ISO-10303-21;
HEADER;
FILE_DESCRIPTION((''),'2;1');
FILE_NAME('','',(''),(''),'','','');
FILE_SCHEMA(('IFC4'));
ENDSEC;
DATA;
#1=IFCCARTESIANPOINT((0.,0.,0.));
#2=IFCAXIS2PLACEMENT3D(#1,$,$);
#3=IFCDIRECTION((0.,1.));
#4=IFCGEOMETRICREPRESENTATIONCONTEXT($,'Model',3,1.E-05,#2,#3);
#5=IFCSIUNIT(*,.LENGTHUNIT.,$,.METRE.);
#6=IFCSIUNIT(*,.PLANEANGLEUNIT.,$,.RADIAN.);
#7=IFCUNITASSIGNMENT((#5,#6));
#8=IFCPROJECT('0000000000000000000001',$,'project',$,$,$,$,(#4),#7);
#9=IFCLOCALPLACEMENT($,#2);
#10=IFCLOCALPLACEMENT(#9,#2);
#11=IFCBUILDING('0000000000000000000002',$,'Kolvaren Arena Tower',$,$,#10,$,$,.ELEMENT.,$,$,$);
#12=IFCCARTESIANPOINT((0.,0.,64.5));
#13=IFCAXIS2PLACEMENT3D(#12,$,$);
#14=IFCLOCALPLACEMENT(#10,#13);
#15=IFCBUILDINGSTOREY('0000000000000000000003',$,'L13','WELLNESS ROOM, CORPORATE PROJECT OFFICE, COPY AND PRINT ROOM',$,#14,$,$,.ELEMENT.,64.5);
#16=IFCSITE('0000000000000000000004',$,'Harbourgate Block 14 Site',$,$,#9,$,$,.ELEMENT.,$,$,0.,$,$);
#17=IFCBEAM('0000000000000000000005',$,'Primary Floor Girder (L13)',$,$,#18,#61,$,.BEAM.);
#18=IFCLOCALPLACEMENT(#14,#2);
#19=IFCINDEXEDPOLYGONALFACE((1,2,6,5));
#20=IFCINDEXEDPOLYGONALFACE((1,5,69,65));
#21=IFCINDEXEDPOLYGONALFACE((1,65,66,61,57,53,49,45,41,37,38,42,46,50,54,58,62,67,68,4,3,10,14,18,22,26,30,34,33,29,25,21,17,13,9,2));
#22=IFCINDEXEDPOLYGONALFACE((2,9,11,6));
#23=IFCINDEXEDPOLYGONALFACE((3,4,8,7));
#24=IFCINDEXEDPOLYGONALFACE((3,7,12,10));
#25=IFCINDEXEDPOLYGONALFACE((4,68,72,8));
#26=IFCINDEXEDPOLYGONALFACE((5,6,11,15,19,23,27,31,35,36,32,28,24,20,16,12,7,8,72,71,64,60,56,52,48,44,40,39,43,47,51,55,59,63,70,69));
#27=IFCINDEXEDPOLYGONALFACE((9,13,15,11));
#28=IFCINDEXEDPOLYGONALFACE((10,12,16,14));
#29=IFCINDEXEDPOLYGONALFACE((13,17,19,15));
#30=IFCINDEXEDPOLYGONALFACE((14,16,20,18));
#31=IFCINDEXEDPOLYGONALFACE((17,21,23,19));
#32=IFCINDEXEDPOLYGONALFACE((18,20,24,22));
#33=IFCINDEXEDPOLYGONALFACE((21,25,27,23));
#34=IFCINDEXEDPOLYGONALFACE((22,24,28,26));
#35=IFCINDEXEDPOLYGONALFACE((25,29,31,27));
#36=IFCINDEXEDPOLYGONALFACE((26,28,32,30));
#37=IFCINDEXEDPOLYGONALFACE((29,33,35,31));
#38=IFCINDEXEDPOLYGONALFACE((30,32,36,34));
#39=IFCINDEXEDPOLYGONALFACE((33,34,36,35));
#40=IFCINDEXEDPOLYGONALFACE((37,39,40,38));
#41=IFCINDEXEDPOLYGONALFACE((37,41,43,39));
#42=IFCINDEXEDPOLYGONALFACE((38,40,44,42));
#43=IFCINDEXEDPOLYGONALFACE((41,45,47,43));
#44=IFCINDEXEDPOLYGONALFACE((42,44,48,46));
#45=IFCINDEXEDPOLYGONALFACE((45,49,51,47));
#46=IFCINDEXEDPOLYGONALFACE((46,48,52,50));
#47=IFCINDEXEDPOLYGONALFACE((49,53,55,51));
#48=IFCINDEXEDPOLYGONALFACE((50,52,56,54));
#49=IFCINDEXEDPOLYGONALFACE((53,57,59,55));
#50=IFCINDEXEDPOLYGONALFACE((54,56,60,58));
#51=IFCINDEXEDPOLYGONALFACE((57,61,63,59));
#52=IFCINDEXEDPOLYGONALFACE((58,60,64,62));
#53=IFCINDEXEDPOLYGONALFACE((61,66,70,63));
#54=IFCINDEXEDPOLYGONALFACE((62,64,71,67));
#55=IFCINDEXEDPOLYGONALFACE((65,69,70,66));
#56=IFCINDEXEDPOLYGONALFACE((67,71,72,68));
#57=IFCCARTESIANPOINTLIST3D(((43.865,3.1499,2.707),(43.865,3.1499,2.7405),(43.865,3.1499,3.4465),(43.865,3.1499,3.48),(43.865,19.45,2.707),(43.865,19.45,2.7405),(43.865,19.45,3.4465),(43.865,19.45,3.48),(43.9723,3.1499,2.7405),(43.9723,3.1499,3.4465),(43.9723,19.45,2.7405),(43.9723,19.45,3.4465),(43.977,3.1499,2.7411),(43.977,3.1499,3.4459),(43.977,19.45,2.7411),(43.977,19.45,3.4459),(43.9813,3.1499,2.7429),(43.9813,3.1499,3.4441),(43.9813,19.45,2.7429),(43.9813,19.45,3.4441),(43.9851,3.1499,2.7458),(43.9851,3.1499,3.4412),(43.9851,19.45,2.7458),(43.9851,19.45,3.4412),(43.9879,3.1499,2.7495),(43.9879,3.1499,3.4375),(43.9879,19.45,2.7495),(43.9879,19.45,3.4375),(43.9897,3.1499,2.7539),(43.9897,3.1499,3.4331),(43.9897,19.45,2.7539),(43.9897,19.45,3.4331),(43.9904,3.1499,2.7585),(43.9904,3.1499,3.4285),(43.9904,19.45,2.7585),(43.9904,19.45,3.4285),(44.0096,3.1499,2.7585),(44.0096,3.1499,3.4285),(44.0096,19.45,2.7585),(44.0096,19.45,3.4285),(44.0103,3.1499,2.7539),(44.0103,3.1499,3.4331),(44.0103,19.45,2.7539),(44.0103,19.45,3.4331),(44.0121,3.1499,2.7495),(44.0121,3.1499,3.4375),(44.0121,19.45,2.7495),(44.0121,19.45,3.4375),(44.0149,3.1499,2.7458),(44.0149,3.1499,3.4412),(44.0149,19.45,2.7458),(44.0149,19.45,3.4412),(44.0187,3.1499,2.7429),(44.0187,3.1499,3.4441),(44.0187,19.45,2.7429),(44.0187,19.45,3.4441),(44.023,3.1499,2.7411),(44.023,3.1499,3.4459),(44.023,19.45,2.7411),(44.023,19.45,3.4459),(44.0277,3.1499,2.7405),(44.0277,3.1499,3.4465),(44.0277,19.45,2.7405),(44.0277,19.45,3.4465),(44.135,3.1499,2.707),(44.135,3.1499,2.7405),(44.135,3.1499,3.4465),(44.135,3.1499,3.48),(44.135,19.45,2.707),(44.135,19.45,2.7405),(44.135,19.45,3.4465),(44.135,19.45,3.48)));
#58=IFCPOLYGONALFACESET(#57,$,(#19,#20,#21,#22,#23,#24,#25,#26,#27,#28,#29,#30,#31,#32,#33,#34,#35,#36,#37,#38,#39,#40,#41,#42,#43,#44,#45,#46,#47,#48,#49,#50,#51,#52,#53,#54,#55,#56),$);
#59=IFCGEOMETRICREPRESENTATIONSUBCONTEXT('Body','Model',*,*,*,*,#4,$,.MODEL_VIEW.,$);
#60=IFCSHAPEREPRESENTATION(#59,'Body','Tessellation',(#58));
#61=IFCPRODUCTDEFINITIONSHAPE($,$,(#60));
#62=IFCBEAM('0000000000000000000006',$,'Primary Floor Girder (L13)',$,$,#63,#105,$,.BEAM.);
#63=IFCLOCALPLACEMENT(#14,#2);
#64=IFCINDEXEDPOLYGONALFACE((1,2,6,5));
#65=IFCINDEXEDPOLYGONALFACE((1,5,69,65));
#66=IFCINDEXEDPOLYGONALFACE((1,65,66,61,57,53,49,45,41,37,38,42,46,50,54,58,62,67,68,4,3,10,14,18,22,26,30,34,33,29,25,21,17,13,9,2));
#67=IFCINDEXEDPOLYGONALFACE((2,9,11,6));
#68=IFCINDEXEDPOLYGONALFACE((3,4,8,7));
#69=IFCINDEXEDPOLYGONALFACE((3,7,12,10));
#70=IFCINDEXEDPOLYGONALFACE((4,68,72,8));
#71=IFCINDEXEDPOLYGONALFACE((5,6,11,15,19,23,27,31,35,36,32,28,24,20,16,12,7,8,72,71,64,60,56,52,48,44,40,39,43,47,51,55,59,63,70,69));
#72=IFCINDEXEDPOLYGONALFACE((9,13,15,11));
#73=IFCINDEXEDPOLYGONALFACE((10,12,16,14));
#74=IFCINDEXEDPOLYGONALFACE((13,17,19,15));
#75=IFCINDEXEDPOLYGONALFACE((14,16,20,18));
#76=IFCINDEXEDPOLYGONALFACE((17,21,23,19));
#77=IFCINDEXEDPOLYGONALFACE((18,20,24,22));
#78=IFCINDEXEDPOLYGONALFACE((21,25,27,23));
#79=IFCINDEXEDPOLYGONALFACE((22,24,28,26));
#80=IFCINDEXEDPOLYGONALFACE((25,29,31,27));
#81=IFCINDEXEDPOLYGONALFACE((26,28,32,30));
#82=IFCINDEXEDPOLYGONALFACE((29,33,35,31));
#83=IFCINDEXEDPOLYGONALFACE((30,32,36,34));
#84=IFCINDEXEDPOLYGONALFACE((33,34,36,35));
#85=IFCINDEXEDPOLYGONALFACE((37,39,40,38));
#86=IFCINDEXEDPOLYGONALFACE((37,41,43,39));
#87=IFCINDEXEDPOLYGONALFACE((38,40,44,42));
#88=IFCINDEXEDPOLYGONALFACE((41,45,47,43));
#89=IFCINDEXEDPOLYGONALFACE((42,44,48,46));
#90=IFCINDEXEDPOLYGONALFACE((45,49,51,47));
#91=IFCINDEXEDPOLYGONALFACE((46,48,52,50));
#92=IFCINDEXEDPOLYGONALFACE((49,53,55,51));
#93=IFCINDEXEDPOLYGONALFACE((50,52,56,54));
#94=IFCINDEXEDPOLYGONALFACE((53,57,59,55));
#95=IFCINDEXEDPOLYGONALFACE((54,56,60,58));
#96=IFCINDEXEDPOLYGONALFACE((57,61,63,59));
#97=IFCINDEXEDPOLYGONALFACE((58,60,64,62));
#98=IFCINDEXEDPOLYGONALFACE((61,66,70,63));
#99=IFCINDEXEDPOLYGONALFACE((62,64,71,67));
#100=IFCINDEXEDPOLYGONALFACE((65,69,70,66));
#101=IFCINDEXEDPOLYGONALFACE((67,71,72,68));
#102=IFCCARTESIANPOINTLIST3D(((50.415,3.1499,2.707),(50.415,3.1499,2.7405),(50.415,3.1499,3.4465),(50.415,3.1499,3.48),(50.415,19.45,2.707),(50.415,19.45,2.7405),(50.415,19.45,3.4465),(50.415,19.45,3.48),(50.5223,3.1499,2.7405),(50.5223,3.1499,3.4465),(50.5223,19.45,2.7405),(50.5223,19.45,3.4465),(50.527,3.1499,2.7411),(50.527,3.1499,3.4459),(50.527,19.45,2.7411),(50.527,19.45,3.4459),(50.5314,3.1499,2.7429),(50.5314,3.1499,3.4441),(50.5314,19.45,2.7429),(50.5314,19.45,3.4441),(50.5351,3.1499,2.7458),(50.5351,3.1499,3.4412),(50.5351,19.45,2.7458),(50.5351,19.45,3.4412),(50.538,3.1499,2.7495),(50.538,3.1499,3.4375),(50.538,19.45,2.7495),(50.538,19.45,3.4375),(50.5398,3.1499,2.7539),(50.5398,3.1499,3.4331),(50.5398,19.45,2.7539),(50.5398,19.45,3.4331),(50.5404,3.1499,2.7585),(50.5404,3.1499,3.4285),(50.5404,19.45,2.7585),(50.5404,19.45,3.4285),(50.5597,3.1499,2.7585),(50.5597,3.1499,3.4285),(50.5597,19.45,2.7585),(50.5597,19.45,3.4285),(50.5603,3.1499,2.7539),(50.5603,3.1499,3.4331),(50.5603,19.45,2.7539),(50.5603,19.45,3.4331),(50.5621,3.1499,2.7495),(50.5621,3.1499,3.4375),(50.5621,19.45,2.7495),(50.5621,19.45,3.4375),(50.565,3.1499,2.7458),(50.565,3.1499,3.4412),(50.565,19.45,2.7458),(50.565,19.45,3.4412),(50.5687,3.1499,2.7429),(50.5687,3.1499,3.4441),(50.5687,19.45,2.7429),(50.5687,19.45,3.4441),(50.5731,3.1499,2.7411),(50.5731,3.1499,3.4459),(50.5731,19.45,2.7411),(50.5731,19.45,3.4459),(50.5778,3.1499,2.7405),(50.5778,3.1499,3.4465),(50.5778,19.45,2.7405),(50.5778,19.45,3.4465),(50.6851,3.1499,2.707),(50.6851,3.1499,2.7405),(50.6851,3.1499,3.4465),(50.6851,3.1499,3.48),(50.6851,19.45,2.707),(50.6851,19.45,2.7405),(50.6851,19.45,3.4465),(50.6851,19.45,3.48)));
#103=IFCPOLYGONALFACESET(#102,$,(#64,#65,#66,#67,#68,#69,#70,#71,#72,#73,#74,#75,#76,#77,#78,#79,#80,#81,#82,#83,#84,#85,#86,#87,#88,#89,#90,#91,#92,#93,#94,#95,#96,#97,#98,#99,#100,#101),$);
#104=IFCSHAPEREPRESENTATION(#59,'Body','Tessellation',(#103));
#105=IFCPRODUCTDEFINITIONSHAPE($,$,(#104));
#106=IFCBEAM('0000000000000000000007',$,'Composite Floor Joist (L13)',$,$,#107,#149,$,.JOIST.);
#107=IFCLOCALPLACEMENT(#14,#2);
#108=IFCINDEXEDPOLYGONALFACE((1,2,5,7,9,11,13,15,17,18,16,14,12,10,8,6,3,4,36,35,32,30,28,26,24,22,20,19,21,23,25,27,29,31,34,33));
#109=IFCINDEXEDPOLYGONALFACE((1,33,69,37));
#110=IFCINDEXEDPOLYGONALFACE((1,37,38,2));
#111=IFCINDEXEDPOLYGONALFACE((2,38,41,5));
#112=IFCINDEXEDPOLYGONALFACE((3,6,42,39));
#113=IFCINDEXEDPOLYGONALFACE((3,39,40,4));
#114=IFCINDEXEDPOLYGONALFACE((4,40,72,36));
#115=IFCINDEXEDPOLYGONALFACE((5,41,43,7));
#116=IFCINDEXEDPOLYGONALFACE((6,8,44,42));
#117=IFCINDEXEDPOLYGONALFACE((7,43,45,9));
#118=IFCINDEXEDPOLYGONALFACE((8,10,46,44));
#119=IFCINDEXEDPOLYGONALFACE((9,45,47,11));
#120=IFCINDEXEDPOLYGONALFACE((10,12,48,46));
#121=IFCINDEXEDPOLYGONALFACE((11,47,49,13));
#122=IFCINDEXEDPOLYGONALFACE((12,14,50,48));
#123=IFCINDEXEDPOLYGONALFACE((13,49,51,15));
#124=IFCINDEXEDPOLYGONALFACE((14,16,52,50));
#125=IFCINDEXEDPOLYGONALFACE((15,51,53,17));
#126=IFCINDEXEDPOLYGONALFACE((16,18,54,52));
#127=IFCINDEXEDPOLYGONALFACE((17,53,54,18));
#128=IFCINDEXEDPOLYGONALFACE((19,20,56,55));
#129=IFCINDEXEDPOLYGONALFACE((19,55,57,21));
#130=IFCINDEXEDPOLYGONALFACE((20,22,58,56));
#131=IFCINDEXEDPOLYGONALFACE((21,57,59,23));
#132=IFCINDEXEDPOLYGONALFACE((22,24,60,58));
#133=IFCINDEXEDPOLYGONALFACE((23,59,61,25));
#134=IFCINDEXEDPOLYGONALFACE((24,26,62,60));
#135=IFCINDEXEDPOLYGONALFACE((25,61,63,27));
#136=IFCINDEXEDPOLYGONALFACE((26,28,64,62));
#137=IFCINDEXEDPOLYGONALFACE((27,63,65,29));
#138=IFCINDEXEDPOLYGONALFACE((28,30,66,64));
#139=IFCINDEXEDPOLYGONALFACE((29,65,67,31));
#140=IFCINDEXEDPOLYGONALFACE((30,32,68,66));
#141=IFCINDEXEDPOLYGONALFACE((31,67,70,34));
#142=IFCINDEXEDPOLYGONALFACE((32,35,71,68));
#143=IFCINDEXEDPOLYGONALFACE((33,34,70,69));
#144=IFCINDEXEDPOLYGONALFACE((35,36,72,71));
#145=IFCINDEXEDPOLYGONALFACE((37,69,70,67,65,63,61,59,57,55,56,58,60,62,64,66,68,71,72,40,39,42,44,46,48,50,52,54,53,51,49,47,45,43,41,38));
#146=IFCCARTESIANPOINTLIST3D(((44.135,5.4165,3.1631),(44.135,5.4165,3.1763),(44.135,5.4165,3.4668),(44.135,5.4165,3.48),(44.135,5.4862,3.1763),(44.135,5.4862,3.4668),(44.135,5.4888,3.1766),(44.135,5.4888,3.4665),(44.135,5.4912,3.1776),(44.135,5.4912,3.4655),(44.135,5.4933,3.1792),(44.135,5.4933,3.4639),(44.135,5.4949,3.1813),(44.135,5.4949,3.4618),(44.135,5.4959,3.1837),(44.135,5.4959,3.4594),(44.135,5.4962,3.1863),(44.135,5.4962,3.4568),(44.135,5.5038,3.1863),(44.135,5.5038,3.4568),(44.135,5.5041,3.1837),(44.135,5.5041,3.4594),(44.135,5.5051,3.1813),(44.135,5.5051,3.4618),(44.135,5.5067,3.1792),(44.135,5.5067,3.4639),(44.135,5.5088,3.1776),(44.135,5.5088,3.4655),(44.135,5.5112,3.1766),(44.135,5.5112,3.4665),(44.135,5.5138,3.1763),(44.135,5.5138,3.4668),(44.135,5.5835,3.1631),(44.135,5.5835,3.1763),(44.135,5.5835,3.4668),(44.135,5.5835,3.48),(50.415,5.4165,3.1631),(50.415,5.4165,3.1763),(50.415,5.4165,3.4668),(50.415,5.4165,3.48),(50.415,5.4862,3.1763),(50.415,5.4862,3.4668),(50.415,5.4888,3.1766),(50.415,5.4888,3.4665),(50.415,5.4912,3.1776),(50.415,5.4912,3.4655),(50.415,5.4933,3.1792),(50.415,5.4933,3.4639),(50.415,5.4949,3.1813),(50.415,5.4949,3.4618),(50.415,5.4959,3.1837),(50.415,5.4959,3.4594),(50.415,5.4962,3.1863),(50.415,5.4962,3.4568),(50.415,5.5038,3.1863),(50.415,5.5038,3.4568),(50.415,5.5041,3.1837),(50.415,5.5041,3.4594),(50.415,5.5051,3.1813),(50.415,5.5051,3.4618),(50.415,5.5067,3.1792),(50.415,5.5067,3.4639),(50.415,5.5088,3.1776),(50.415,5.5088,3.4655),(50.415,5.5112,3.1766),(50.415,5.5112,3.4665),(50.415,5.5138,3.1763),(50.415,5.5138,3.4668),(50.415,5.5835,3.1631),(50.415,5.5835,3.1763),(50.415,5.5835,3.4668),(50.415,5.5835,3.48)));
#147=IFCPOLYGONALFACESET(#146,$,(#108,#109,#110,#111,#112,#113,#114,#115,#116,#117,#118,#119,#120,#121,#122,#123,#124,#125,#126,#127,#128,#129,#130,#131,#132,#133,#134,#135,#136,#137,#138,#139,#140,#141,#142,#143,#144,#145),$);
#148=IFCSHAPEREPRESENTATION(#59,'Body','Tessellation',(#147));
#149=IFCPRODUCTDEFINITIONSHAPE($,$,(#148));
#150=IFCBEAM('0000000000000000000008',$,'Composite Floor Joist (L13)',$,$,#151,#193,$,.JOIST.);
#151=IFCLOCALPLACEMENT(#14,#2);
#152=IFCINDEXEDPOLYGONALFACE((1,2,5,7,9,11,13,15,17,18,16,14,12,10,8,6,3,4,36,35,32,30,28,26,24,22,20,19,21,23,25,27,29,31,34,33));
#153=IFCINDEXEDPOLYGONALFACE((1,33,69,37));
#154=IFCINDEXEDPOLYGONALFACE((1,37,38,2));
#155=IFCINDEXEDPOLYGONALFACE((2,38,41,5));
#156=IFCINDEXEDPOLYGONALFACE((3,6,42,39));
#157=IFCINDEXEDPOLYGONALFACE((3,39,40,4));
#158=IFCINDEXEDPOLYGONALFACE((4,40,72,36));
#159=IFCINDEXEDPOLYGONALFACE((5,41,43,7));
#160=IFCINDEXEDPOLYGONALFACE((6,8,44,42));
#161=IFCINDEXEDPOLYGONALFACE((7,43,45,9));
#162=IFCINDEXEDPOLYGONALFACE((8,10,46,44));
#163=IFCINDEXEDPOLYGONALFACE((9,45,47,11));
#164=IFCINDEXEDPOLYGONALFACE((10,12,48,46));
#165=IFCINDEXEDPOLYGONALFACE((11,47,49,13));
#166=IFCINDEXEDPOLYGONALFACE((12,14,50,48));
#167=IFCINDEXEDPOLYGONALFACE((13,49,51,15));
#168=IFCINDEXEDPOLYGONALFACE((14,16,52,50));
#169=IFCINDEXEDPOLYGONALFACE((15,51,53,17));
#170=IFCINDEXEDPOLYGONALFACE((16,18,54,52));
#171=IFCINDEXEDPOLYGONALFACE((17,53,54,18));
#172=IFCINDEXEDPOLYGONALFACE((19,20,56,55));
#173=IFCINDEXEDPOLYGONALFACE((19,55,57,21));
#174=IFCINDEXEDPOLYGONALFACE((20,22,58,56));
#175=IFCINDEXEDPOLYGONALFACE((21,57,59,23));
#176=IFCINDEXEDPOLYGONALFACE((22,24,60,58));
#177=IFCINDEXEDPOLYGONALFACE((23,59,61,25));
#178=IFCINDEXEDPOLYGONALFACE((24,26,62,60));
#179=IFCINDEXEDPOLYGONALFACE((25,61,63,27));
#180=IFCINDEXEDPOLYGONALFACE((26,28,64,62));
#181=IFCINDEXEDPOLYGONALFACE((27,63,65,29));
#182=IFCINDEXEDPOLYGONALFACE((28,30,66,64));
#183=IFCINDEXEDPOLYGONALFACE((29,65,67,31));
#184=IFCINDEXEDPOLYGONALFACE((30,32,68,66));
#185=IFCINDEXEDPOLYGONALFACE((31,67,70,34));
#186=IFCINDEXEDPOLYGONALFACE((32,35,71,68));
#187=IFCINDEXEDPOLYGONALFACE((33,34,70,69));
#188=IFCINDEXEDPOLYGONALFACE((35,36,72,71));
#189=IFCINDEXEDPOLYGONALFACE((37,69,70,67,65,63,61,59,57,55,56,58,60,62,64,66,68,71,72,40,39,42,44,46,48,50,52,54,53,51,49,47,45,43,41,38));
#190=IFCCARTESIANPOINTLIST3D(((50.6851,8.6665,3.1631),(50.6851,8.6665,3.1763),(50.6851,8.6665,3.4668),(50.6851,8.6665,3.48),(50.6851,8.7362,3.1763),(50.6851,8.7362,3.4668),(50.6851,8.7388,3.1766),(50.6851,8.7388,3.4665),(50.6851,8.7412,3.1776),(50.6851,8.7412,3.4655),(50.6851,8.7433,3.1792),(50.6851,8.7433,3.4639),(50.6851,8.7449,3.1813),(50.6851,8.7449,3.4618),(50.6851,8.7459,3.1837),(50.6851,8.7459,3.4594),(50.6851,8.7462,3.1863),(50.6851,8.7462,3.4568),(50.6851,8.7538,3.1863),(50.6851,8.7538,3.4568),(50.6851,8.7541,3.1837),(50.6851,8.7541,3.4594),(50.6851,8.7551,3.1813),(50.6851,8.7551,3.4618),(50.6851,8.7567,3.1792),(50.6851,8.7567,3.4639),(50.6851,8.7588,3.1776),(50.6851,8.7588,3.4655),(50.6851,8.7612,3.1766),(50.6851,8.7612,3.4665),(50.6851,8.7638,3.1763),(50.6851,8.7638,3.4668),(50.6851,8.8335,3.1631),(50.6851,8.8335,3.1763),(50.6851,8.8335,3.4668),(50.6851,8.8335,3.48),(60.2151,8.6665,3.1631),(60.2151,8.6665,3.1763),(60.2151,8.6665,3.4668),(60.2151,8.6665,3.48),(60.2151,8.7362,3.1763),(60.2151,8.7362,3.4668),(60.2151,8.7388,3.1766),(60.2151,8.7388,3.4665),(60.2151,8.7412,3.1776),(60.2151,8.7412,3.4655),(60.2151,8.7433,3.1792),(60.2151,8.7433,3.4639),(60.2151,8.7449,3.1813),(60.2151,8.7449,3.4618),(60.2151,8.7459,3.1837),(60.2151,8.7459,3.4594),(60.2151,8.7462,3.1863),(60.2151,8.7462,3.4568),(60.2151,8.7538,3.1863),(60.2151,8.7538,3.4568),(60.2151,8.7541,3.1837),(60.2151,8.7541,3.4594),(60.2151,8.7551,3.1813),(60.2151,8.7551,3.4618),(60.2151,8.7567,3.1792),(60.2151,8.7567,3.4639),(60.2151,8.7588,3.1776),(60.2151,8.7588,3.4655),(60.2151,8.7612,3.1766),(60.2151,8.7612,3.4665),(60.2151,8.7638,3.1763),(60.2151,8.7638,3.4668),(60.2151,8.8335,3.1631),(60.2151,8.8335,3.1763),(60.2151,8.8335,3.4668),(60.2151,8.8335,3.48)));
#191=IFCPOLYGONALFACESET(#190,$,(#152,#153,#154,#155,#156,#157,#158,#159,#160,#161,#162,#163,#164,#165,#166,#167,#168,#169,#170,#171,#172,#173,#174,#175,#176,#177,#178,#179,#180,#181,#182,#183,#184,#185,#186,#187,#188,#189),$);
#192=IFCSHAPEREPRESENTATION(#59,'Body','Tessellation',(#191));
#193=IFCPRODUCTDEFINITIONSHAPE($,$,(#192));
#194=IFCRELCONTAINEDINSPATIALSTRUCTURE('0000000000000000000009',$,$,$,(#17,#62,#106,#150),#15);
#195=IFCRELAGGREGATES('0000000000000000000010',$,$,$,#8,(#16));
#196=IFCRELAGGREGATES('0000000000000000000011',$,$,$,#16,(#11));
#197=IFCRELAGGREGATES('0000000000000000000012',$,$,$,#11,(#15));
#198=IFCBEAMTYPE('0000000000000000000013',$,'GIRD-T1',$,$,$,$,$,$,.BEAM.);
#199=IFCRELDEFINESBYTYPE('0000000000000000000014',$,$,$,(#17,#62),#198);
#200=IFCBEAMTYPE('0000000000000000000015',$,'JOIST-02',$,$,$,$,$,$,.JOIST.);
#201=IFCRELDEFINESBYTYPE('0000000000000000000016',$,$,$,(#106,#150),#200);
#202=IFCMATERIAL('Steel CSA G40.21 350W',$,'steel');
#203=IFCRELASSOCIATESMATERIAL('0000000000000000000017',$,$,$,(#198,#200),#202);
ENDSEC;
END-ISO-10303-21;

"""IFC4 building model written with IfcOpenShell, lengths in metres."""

from ifc_helpers import new_model, si_unit, direction, frame, origin, origin_2d, place, context, subcontext, project, spatial, i_section, extrude, material, material_profile, profile_set, type_object, element, save


model = new_model("IFC4")

# Units and contexts
model_context = context("Model", 3, precision=1e-05, world=origin(), true_north=direction((0.0, 1.0)))
body_context = subcontext(model_context, "Body", "Model", "MODEL_VIEW")
ifc_project = project(units=[si_unit("LENGTHUNIT", "METRE"), si_unit("PLANEANGLEUNIT", "RADIAN")], contexts=[model_context])

# Site, building, storey
site_placement = place(None, origin())
site = spatial("IfcSite", under=ifc_project, at=site_placement, Name="Harbourgate Block 14 Site", CompositionType="ELEMENT", RefElevation=0.0)
building_placement = place(site_placement, origin())
building = spatial("IfcBuilding", under=site, at=building_placement, Name="Kolvaren Arena Tower", CompositionType="ELEMENT")
storey_placement = place(building_placement, frame((0.0, 0.0, 64.5)))
storey = spatial("IfcBuildingStorey", under=building, at=storey_placement, Name="L13", Description="WELLNESS ROOM, CORPORATE PROJECT OFFICE, COPY AND PRINT ROOM", CompositionType="ELEMENT", Elevation=64.5)

# Beams
ifc_material_1 = material(Name="Steel CSA G40.21 350W", Category="steel")
ifc_material_profile_1 = material_profile(ifc_material_1, i_section(OverallWidth=0.27, OverallDepth=0.7729, WebThickness=0.0193, FlangeThickness=0.0334, FilletRadius=0.0181, at=origin_2d()), Name="W760x257")
ifc_profile_set_1 = profile_set([ifc_material_profile_1], Name="Steel CSA G40.21 350W")
beam_type_1 = type_object("IfcBeamType", Name="GIRD-T1", PredefinedType="BEAM", material=ifc_profile_set_1)
for number, where, z_axis, x_axis, name in (
    (1, (44.0, 3.1499, 3.0935), (0.0, 1.0, 0.0), (-1.0, 0.0, 0.0), "Primary Floor Girder (L13)"),
    (2, (50.55, 3.1499, 3.0935), (0.0, 1.0, 0.0), (-1.0, 0.0, 0.0), "Primary Floor Girder (L13)"),
):
    element("IfcBeam", number, at=place(storey_placement, frame(where, z_axis=z_axis, x_axis=x_axis)), inside=storey, type_object=beam_type_1, Name=name, PredefinedType="BEAM", context=body_context, shape_type="SweptSolid", body=[
        extrude(i_section(OverallWidth=0.27, OverallDepth=0.7729, WebThickness=0.0193, FlangeThickness=0.0334, FilletRadius=0.0181, at=origin_2d()), origin(), (0.0, 0.0, 1.0), 16.3),
    ])
ifc_material_profile_2 = material_profile(ifc_material_1, i_section(OverallWidth=0.167, OverallDepth=0.3169, WebThickness=0.0076, FlangeThickness=0.0132, FilletRadius=0.01, at=origin_2d()), Name="W310x52")
ifc_profile_set_2 = profile_set([ifc_material_profile_2], Name="Steel CSA G40.21 350W")
beam_type_2 = type_object("IfcBeamType", Name="JOIST-02", PredefinedType="JOIST", material=ifc_profile_set_2)
beam_1_placement = place(storey_placement, frame((44.135, 5.5, 3.3215), z_axis=(1.0, 0.0, 0.0), x_axis=(0.0, 1.0, 0.0)))
element("IfcBeam", 3, at=beam_1_placement, inside=storey, type_object=beam_type_2, Name="Composite Floor Joist (L13)", PredefinedType="JOIST", context=body_context, shape_type="SweptSolid", body=[
    extrude(i_section(OverallWidth=0.167, OverallDepth=0.3169, WebThickness=0.0076, FlangeThickness=0.0132, FilletRadius=0.01, at=origin_2d()), origin(), (0.0, 0.0, 1.0), 6.28),
])
beam_2_placement = place(storey_placement, frame((50.6851, 8.75, 3.3215), z_axis=(1.0, 0.0, 0.0), x_axis=(0.0, 1.0, 0.0)))
element("IfcBeam", 4, at=beam_2_placement, inside=storey, type_object=beam_type_2, Name="Composite Floor Joist (L13)", PredefinedType="JOIST", context=body_context, shape_type="SweptSolid", body=[
    extrude(i_section(OverallWidth=0.167, OverallDepth=0.3169, WebThickness=0.0076, FlangeThickness=0.0132, FilletRadius=0.01, at=origin_2d()), origin(), (0.0, 0.0, 1.0), 9.53),
])

save(model, "model.ifc")
